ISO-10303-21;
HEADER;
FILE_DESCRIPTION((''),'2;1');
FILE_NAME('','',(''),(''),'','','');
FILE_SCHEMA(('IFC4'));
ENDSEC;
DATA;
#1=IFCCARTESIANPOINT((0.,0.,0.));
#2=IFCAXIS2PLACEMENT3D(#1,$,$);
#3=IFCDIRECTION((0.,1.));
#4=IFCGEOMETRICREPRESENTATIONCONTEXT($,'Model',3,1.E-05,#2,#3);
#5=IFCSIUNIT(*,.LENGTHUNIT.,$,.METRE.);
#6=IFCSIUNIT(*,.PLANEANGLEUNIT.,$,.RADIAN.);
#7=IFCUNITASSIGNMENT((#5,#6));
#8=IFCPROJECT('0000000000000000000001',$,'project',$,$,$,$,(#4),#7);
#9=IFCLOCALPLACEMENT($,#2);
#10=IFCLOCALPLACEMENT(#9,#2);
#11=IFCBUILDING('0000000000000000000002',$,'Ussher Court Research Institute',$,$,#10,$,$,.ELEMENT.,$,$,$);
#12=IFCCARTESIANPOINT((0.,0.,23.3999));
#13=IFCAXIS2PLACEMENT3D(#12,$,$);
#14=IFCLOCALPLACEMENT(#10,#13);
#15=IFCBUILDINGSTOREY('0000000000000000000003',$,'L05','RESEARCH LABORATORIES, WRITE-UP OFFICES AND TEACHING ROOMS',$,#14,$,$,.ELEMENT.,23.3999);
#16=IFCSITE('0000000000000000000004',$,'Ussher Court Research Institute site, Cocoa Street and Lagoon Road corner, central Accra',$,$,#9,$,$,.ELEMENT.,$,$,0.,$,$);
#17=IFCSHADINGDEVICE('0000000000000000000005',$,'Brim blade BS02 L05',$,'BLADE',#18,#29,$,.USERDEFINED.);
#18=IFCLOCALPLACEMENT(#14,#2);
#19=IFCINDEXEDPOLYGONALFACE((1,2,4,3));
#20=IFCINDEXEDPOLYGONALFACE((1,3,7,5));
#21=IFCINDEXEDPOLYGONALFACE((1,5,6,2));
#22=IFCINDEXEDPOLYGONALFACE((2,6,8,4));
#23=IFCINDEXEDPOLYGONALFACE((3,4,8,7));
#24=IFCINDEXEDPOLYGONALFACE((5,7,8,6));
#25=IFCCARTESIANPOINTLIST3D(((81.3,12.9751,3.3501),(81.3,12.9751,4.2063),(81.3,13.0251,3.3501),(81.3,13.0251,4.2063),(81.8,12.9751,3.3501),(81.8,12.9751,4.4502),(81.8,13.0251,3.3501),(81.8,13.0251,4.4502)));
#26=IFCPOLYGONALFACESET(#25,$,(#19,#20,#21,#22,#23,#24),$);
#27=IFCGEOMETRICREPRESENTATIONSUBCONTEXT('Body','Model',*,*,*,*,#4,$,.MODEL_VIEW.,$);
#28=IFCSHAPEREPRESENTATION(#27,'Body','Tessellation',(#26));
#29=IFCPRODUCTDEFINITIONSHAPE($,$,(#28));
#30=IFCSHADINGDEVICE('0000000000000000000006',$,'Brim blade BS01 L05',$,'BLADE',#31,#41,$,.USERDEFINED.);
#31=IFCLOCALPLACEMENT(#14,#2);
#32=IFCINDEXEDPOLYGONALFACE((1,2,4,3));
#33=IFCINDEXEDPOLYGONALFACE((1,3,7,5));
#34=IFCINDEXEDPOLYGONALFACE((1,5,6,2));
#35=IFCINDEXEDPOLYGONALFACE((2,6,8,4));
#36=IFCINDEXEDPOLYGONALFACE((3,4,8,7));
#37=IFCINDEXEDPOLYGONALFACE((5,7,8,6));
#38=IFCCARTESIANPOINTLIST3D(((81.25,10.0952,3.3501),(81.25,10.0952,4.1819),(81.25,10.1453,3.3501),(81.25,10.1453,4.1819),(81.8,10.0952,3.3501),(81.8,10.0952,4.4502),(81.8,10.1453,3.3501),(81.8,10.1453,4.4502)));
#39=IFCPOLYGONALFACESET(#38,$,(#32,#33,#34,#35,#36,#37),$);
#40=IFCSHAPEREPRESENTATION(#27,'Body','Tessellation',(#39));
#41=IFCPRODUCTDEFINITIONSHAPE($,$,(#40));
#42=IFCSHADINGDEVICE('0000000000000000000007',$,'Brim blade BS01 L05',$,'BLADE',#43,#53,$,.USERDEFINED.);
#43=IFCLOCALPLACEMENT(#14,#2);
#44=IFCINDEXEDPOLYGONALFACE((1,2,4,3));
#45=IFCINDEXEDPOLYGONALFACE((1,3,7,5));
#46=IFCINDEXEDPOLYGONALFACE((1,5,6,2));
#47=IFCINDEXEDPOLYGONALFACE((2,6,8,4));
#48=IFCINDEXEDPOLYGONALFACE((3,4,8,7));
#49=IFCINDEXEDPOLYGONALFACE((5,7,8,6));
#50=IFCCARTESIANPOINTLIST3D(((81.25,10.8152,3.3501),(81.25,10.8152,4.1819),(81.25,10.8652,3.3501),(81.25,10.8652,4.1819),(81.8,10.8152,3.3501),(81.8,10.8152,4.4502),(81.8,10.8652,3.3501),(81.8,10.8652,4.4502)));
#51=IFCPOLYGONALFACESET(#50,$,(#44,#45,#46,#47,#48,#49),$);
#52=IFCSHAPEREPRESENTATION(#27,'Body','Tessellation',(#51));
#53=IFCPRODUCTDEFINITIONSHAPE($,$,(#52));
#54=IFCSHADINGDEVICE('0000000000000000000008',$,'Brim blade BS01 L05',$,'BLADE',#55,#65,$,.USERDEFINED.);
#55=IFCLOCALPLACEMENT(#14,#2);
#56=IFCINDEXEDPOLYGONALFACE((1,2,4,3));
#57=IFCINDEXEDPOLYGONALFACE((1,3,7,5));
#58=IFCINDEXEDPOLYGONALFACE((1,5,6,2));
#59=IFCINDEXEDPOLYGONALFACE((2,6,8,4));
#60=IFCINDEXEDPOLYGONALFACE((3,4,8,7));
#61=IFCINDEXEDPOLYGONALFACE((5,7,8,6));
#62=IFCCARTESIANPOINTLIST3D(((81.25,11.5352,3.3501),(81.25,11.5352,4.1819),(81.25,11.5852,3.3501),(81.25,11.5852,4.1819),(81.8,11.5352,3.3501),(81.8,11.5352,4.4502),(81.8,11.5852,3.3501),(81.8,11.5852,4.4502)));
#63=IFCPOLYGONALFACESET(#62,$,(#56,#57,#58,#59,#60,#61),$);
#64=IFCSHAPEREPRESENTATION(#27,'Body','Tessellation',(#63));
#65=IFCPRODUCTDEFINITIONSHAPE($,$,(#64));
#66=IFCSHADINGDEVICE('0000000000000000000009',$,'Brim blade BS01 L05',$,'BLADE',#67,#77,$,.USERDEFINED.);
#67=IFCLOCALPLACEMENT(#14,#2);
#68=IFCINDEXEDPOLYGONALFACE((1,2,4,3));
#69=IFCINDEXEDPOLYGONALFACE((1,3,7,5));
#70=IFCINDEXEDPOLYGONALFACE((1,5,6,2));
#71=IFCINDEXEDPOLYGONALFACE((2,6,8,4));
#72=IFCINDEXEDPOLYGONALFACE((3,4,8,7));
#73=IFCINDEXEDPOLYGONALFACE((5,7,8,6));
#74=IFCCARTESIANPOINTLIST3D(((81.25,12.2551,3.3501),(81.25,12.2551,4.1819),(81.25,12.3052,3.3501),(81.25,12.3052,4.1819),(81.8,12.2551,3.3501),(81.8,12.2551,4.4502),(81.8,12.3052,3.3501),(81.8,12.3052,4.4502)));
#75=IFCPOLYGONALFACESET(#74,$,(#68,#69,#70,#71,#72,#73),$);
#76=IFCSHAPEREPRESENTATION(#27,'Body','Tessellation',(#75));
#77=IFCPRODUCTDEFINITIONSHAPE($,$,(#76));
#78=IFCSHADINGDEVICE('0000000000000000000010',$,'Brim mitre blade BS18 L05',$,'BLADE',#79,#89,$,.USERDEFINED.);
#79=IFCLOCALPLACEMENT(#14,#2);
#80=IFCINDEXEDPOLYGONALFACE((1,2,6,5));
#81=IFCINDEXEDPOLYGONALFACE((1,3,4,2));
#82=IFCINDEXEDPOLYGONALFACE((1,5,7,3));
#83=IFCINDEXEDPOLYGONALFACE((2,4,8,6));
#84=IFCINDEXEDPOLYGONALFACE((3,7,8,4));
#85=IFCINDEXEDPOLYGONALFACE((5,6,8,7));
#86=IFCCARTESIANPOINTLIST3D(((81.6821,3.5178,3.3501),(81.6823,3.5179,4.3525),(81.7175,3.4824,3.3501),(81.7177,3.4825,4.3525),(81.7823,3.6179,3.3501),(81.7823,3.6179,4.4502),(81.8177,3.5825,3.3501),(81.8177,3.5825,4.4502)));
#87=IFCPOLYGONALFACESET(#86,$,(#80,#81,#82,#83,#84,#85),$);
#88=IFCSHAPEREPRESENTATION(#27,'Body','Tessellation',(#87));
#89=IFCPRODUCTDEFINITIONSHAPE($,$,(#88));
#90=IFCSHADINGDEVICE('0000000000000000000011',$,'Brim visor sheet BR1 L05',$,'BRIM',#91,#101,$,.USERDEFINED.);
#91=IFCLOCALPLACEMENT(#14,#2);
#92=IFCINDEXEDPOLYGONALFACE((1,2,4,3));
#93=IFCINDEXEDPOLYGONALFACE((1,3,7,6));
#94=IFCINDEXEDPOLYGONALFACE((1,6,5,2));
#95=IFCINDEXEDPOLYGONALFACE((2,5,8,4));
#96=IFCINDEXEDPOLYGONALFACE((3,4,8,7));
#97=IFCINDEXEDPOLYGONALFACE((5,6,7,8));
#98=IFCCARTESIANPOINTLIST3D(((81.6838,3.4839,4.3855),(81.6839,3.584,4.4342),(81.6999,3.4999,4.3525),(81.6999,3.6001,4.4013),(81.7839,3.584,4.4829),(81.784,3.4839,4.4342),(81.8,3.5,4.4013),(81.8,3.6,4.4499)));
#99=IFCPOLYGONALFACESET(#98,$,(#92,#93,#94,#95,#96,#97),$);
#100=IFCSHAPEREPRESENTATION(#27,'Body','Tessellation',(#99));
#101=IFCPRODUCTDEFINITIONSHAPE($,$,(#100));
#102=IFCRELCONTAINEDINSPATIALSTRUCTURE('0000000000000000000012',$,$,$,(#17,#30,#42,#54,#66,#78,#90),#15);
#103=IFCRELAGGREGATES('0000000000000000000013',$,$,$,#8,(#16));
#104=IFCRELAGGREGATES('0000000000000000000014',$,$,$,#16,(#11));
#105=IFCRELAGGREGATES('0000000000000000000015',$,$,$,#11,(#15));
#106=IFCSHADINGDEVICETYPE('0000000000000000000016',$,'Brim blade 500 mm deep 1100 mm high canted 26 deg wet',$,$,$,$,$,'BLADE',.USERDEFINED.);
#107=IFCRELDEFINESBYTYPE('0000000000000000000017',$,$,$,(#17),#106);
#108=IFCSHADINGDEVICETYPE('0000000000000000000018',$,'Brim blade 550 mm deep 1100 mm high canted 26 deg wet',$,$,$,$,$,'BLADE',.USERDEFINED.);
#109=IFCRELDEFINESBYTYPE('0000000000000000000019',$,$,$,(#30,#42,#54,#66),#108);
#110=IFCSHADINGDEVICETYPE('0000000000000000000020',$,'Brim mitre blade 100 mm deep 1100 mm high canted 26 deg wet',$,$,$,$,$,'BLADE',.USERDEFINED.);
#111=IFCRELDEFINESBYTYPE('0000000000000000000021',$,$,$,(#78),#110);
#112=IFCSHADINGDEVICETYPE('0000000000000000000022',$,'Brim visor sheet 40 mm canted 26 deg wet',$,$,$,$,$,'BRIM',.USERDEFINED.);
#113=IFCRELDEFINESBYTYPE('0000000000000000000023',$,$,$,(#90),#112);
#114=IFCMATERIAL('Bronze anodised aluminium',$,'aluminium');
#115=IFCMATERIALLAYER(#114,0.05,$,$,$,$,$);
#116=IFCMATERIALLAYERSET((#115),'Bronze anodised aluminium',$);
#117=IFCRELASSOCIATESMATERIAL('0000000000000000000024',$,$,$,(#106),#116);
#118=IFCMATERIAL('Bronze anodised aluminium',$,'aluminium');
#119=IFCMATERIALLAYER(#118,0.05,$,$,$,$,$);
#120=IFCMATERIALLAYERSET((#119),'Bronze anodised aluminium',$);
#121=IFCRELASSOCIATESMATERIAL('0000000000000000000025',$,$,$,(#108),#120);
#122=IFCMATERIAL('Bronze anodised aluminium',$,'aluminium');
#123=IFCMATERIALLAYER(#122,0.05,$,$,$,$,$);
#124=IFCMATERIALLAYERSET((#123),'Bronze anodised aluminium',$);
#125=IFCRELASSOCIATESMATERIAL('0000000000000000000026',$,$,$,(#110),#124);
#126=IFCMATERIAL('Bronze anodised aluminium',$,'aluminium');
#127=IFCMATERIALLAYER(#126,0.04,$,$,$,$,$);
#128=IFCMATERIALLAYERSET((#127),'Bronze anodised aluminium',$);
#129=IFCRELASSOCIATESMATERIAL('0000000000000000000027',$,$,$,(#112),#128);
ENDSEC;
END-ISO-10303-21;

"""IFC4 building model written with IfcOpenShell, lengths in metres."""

from ifc_helpers import new_model, si_unit, direction, frame, origin, place, context, subcontext, project, spatial, polyline, outline, extrude, material, layer, layer_set, type_object, element, save


model = new_model("IFC4")

# Units and contexts
model_context = context("Model", 3, precision=1e-05, world=origin(), true_north=direction((0.0, 1.0)))
body_context = subcontext(model_context, "Body", "Model", "MODEL_VIEW")
ifc_project = project(units=[si_unit("LENGTHUNIT", "METRE"), si_unit("PLANEANGLEUNIT", "RADIAN")], contexts=[model_context])

# Site, building, storey
site_placement = place(None, origin())
site = spatial("IfcSite", under=ifc_project, at=site_placement, Name="Ussher Court Research Institute site, Cocoa Street and Lagoon Road corner, central Accra", CompositionType="ELEMENT", RefElevation=0.0)
building_placement = place(site_placement, origin())
building = spatial("IfcBuilding", under=site, at=building_placement, Name="Ussher Court Research Institute", CompositionType="ELEMENT")
storey_placement = place(building_placement, frame((0.0, 0.0, 23.3999)))
storey = spatial("IfcBuildingStorey", under=building, at=storey_placement, Name="L05", Description="RESEARCH LABORATORIES, WRITE-UP OFFICES AND TEACHING ROOMS", CompositionType="ELEMENT", Elevation=23.3999)

# Shading devices
ifc_material_1 = material(Name="Bronze anodised aluminium", Category="aluminium")
ifc_layer_1 = layer(ifc_material_1, 0.05)
ifc_layer_set_1 = layer_set([ifc_layer_1], Name="Bronze anodised aluminium")
shading_device_type_1 = type_object("IfcShadingDeviceType", Name="Brim blade 500 mm deep 1100 mm high canted 26 deg wet", ElementType="BLADE", PredefinedType="USERDEFINED", material=ifc_layer_set_1)
for number, where, z_axis, x_axis, name in (
    (1, (81.8, 13.0, 3.3501), (0.0, 0.0, 1.0), (-1.0, 0.0, 0.0), "Brim blade BS02 L05"),
):
    element("IfcShadingDevice", number, at=place(storey_placement, frame(where, z_axis=z_axis, x_axis=x_axis)), inside=storey, type_object=shading_device_type_1, Name=name, ObjectType="BLADE", PredefinedType="USERDEFINED", context=body_context, shape_type="SweptSolid", body=[
        extrude(outline(polyline([(0.0, 0.0), (0.5, 0.0), (0.5, 0.8562), (0.0, 1.1001), (0.0, 0.0)])), frame((0.0, 0.0249, 0.0), z_axis=(0.0, -1.0, 0.0), x_axis=(1.0, 0.0, 0.0)), (0.0, 0.0, 1.0), 0.05),
    ])
ifc_material_2 = material(Name="Bronze anodised aluminium", Category="aluminium")
ifc_layer_2 = layer(ifc_material_2, 0.05)
ifc_layer_set_2 = layer_set([ifc_layer_2], Name="Bronze anodised aluminium")
shading_device_type_2 = type_object("IfcShadingDeviceType", Name="Brim blade 550 mm deep 1100 mm high canted 26 deg wet", ElementType="BLADE", PredefinedType="USERDEFINED", material=ifc_layer_set_2)
for number, where, z_axis, x_axis, name in (
    (2, (81.8, 10.1201, 3.3501), (0.0, 0.0, 1.0), (-1.0, 0.0, 0.0), "Brim blade BS01 L05"),
    (3, (81.8, 10.8401, 3.3501), (0.0, 0.0, 1.0), (-1.0, 0.0, 0.0), "Brim blade BS01 L05"),
    (4, (81.8, 11.5601, 3.3501), (0.0, 0.0, 1.0), (-1.0, 0.0, 0.0), "Brim blade BS01 L05"),
    (5, (81.8, 12.28, 3.3501), (0.0, 0.0, 1.0), (-1.0, 0.0, 0.0), "Brim blade BS01 L05"),
):
    element("IfcShadingDevice", number, at=place(storey_placement, frame(where, z_axis=z_axis, x_axis=x_axis)), inside=storey, type_object=shading_device_type_2, Name=name, ObjectType="BLADE", PredefinedType="USERDEFINED", context=body_context, shape_type="SweptSolid", body=[
        extrude(outline(polyline([(0.0, 0.0), (0.55, 0.0), (0.55, 0.8318), (0.0, 1.1001), (0.0, 0.0)])), frame((0.0, 0.0249, 0.0), z_axis=(0.0, -1.0, 0.0), x_axis=(1.0, 0.0, 0.0)), (0.0, 0.0, 1.0), 0.05),
    ])
ifc_material_3 = material(Name="Bronze anodised aluminium", Category="aluminium")
ifc_layer_3 = layer(ifc_material_3, 0.05)
ifc_layer_set_3 = layer_set([ifc_layer_3], Name="Bronze anodised aluminium")
shading_device_type_3 = type_object("IfcShadingDeviceType", Name="Brim mitre blade 100 mm deep 1100 mm high canted 26 deg wet", ElementType="BLADE", PredefinedType="USERDEFINED", material=ifc_layer_set_3)
shading_device_1_placement = place(storey_placement, frame((81.8, 3.6001, 3.3501), z_axis=(0.0, 0.0, 1.0), x_axis=(-0.707107, -0.707107, 0.0)))
element("IfcShadingDevice", 6, at=shading_device_1_placement, inside=storey, type_object=shading_device_type_3, Name="Brim mitre blade BS18 L05", ObjectType="BLADE", PredefinedType="USERDEFINED", context=body_context, shape_type="SweptSolid", body=[
    extrude(outline(polyline([(0.0, 0.0), (0.1416, 0.0), (0.1414, 1.0024), (0.0, 1.1001), (0.0, 0.0)])), frame((0.0, 0.0249, 0.0), z_axis=(0.0, -1.0, 0.0), x_axis=(1.0, 0.0, 0.0)), (0.0, 0.0, 1.0), 0.05),
])
ifc_material_4 = material(Name="Bronze anodised aluminium", Category="aluminium")
ifc_layer_4 = layer(ifc_material_4, 0.04)
ifc_layer_set_4 = layer_set([ifc_layer_4], Name="Bronze anodised aluminium")
shading_device_type_4 = type_object("IfcShadingDeviceType", Name="Brim visor sheet 40 mm canted 26 deg wet", ElementType="BRIM", PredefinedType="USERDEFINED", material=ifc_layer_set_4)
shading_device_2_placement = place(storey_placement, frame((81.7839, 3.584, 4.4829), z_axis=(-0.400848, -0.400848, 0.823797), x_axis=(-0.899269, 0.000362, -0.437395)))
element("IfcShadingDevice", 7, at=shading_device_2_placement, inside=storey, type_object=shading_device_type_4, Name="Brim visor sheet BR1 L05", ObjectType="BRIM", PredefinedType="USERDEFINED", context=body_context, shape_type="SweptSolid", body=[
    extrude(outline(polyline([(0.0, 0.0), (0.1113, 0.0), (0.1326, 0.1093), (0.0212, 0.1092), (0.0, 0.0)])), origin(), (0.0, 0.0, -1.0), 0.04),
])

save(model, "model.ifc")
